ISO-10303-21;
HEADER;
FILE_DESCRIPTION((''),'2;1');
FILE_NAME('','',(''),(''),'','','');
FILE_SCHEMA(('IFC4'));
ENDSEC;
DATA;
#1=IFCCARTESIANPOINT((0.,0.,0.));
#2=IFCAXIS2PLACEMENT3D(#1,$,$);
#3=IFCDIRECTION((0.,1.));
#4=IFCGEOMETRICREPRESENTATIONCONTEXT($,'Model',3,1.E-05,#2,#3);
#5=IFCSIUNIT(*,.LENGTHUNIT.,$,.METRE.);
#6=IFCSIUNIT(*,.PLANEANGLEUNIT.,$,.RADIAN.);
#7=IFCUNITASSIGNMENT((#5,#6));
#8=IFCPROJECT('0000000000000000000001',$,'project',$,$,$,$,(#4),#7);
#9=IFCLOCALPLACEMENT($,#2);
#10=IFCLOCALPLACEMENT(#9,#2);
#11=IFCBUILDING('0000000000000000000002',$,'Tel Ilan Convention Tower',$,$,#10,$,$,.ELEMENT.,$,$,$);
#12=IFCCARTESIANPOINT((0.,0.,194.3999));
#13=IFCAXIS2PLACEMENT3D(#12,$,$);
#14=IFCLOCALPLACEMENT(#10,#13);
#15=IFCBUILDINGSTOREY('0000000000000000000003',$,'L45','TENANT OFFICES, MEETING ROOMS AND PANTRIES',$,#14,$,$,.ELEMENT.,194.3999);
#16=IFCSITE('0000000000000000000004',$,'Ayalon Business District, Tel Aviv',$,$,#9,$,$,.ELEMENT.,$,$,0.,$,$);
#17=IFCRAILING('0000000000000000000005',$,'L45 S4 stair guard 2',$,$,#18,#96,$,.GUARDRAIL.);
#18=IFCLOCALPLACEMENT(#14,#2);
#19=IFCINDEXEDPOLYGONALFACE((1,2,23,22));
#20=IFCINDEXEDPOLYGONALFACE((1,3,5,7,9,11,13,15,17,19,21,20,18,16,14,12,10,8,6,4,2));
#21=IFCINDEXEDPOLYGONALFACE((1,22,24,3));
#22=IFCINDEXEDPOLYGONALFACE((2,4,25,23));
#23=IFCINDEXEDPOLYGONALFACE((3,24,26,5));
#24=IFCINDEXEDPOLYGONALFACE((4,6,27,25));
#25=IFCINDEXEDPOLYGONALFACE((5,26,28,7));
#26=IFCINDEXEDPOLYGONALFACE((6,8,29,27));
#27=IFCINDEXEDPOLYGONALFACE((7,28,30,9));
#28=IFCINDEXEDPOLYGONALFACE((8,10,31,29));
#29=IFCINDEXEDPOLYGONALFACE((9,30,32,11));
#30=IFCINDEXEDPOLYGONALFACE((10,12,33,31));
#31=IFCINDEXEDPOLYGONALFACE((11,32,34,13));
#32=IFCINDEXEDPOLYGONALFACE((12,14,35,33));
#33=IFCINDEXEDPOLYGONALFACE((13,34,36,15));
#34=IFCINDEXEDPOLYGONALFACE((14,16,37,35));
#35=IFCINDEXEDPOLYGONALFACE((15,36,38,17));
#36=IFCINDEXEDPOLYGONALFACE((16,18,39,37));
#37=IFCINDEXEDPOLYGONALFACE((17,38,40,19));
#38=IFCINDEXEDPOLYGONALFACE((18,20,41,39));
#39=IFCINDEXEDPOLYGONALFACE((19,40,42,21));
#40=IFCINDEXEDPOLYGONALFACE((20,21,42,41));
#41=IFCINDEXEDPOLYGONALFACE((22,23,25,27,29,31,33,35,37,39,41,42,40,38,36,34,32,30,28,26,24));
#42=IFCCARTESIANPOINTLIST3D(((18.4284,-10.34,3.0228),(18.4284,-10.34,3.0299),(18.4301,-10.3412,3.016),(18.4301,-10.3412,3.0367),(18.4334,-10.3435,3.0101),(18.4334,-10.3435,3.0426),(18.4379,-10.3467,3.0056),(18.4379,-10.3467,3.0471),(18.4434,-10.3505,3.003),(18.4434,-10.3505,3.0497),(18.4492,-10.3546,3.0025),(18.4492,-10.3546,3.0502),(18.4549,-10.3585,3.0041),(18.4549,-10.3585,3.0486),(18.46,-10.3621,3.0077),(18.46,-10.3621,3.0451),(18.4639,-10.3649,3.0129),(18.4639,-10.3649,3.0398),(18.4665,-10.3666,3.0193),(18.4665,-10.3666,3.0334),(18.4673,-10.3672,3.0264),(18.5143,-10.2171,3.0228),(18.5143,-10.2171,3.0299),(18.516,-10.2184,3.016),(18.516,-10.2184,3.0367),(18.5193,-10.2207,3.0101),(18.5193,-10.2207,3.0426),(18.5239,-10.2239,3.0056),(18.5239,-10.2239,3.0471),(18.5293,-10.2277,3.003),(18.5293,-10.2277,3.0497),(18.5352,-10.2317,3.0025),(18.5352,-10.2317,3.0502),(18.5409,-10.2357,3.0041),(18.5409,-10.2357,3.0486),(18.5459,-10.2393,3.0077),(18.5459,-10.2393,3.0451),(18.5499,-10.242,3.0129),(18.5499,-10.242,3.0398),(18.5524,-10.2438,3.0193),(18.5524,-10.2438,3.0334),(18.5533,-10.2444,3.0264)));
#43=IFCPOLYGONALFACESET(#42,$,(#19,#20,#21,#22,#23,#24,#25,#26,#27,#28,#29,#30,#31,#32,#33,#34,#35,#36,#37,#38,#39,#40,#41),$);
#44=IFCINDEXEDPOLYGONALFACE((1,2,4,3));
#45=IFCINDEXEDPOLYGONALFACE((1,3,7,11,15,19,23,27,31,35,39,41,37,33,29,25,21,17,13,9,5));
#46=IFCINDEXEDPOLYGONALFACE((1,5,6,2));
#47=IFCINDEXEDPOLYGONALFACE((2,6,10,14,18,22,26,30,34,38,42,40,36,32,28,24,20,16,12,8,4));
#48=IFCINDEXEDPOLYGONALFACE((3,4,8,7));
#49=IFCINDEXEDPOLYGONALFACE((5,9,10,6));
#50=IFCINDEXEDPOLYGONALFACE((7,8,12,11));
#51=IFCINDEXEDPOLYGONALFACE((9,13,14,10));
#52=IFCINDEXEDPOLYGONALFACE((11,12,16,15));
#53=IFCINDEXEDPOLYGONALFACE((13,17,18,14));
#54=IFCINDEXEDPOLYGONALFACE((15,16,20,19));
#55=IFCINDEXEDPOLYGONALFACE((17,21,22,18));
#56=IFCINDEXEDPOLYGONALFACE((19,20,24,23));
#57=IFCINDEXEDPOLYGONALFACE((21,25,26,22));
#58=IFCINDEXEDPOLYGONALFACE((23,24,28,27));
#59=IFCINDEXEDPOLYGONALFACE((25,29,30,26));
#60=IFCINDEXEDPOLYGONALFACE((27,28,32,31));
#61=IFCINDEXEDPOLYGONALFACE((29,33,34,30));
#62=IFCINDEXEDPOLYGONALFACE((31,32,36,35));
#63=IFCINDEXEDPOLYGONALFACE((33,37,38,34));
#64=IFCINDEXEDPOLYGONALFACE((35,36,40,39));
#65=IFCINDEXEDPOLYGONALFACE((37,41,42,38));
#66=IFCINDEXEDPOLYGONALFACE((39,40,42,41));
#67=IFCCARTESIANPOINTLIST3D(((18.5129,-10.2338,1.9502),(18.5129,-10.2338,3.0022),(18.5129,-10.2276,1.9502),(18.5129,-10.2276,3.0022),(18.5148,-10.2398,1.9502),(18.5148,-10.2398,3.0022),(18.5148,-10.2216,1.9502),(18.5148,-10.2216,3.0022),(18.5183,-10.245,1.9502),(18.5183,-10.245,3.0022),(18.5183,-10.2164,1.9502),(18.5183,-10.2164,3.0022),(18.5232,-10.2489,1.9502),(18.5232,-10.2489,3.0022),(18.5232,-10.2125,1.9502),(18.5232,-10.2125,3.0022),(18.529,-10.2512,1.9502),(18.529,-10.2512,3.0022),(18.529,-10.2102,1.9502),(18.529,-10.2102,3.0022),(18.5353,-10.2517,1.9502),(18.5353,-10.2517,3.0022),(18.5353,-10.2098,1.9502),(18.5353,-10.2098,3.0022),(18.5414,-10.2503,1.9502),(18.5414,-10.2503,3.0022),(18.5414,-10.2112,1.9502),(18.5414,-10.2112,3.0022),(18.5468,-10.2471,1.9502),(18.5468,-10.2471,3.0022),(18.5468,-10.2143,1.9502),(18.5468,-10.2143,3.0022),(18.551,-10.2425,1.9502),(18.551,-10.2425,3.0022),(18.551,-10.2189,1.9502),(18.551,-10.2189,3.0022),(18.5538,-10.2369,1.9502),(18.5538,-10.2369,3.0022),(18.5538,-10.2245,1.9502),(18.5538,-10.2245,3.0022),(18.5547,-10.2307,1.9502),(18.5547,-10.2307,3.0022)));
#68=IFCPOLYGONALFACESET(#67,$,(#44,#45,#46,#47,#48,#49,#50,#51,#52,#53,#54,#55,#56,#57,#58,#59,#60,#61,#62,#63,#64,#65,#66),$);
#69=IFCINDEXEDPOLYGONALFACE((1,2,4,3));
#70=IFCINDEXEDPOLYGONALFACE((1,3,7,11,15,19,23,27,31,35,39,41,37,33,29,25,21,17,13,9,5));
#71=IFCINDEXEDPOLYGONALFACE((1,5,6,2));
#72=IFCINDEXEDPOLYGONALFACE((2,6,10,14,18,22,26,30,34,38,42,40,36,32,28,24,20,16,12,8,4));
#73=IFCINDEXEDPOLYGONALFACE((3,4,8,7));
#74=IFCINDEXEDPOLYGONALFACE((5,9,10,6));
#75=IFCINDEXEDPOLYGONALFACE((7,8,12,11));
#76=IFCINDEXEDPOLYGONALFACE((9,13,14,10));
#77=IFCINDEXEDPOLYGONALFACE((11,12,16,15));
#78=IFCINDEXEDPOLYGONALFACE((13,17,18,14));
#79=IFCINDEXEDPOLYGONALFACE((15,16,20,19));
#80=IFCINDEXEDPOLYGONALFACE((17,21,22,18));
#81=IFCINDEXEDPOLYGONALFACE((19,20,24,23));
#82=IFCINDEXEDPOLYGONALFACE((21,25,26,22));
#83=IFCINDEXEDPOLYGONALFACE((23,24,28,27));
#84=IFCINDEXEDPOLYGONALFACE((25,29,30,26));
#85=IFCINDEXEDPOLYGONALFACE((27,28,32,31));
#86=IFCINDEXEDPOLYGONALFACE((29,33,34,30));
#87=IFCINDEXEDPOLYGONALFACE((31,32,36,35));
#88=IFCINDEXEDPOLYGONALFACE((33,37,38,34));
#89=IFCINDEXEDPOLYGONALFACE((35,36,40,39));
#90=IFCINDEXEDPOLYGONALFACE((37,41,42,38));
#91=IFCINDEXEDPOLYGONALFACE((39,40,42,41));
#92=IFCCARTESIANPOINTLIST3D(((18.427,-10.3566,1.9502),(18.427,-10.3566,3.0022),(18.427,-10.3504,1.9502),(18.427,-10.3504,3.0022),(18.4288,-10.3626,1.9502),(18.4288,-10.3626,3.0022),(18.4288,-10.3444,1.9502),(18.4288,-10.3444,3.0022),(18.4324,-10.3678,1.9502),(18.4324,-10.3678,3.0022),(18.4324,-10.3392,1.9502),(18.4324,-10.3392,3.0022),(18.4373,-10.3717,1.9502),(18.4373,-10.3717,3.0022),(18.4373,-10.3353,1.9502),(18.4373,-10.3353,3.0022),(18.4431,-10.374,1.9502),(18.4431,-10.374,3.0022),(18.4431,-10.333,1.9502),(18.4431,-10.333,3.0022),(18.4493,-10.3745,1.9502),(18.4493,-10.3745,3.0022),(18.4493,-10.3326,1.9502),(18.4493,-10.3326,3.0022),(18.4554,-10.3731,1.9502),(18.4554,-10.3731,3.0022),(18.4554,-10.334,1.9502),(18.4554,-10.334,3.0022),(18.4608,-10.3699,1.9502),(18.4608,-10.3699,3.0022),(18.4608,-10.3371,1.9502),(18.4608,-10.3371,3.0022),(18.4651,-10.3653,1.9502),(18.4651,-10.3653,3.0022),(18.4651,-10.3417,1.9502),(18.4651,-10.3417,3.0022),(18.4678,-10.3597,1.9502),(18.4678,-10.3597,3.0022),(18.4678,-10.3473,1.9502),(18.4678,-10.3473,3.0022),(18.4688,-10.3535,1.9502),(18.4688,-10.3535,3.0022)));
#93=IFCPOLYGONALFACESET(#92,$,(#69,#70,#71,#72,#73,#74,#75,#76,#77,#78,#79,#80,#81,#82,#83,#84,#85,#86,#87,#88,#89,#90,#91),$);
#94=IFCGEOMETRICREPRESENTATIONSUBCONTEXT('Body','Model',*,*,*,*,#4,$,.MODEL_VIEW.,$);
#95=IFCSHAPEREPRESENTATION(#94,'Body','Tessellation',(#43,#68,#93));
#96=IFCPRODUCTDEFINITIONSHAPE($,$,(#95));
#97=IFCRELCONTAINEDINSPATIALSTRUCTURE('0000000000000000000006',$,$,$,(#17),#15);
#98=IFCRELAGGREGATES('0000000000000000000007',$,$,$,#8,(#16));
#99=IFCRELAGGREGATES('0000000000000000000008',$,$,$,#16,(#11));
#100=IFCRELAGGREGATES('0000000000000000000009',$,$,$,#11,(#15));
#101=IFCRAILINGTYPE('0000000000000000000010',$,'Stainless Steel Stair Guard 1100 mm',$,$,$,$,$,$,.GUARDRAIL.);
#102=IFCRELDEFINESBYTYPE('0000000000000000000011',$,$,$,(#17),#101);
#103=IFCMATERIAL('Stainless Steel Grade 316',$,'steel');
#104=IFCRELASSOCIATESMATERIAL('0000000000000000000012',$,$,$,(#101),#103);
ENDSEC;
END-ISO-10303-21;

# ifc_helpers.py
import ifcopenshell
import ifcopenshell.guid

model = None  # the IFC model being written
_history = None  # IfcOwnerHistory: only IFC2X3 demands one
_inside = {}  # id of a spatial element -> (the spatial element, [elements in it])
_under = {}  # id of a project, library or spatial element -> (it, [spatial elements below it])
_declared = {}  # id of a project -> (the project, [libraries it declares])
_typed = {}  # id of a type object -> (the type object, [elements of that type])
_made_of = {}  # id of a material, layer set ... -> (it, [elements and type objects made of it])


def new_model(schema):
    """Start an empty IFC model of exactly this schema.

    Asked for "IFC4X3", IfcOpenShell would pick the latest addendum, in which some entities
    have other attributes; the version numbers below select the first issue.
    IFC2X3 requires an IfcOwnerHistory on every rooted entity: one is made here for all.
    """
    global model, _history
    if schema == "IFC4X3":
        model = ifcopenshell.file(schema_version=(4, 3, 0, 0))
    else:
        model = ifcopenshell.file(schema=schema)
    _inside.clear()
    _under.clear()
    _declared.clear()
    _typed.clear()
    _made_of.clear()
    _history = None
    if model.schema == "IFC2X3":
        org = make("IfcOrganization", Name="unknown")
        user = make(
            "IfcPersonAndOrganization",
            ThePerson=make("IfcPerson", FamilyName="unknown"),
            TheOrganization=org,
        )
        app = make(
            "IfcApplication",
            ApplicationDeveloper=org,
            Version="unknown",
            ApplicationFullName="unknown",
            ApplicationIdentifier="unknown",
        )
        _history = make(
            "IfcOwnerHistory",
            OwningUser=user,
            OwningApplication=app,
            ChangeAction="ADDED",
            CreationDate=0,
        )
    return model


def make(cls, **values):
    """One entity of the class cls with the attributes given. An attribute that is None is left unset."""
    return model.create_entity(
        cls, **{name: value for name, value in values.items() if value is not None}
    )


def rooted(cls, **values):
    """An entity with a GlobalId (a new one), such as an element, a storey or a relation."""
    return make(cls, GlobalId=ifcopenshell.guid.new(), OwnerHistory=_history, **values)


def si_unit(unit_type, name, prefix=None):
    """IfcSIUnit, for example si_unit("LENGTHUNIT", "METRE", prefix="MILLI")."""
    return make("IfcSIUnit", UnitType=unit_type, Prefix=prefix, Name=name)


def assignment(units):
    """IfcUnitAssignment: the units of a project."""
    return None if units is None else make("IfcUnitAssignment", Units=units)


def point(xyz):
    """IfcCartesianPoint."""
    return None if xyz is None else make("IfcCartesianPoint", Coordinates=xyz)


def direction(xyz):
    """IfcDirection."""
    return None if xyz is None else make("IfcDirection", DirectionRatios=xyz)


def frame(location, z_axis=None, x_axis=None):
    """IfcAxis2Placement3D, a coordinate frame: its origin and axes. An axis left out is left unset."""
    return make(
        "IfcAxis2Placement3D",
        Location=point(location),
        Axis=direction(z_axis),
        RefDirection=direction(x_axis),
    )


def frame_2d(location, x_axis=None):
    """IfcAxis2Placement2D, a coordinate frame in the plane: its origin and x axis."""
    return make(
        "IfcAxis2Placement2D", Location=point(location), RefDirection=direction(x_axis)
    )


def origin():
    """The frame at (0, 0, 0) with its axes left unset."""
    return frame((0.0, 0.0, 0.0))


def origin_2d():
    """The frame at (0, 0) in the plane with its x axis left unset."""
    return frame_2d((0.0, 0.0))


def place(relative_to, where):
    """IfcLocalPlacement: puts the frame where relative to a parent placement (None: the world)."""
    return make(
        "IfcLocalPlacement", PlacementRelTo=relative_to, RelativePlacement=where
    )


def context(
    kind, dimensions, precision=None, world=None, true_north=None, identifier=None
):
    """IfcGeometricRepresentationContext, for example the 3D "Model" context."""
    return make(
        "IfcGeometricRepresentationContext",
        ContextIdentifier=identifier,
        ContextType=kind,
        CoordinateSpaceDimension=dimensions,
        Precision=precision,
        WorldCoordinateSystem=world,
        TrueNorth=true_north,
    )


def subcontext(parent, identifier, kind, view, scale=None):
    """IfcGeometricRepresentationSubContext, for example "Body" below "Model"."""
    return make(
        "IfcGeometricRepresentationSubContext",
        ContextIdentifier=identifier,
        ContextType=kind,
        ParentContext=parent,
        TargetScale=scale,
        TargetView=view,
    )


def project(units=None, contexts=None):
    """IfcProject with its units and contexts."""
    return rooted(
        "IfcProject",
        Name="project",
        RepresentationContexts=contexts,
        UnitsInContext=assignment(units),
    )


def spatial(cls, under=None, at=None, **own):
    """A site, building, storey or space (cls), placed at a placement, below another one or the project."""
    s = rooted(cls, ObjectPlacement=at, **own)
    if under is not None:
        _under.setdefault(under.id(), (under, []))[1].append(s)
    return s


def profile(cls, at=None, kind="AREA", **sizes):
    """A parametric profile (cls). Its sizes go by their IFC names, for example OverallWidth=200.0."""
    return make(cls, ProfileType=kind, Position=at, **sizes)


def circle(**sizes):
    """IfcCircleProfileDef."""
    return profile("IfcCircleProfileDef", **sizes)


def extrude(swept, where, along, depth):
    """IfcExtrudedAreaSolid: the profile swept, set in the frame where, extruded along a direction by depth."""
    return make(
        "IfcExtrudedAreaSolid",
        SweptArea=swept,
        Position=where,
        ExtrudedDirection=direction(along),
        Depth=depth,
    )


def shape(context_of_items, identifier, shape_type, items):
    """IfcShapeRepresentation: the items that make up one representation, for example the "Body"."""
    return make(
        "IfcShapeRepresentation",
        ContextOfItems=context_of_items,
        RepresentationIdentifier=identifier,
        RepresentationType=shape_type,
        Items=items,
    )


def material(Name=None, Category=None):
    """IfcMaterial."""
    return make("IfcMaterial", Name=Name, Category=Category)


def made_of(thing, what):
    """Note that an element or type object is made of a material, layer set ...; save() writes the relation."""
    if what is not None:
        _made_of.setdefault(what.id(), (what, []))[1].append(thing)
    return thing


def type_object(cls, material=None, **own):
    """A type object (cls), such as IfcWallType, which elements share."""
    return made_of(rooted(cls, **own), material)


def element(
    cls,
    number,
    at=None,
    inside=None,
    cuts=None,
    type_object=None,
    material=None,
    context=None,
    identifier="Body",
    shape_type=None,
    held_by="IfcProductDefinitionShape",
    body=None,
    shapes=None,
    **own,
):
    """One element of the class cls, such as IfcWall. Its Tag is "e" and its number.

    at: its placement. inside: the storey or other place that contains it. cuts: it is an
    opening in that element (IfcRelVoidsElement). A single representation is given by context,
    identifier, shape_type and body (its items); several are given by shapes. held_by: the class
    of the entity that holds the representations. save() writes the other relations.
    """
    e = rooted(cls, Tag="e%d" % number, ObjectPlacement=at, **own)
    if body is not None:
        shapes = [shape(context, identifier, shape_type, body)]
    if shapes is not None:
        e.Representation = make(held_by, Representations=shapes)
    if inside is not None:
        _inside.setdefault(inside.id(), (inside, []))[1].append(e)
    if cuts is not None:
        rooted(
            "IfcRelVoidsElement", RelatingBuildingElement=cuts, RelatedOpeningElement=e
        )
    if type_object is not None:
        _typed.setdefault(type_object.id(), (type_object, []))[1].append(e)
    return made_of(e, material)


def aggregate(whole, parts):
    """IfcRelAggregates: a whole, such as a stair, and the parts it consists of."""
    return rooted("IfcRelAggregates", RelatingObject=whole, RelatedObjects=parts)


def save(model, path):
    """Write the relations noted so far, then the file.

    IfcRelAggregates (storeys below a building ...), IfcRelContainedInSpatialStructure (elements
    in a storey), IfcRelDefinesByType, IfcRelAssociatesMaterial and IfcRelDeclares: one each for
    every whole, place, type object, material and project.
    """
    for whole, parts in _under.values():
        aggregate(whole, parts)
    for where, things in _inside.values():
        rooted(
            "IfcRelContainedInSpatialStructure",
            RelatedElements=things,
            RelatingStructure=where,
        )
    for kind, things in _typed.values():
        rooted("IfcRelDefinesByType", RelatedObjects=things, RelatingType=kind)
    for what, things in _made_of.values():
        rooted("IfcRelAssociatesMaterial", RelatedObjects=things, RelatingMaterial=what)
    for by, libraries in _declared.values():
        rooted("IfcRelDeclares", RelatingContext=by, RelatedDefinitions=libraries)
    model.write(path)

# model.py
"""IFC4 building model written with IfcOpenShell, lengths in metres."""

from ifc_helpers import new_model, si_unit, direction, frame, origin, origin_2d, place, context, subcontext, project, spatial, circle, extrude, material, type_object, element, save


model = new_model("IFC4")

# Units and contexts
model_context = context("Model", 3, precision=1e-05, world=origin(), true_north=direction((0.0, 1.0)))
body_context = subcontext(model_context, "Body", "Model", "MODEL_VIEW")
ifc_project = project(units=[si_unit("LENGTHUNIT", "METRE"), si_unit("PLANEANGLEUNIT", "RADIAN")], contexts=[model_context])

# Site, building, storey
site_placement = place(None, origin())
site = spatial("IfcSite", under=ifc_project, at=site_placement, Name="Ayalon Business District, Tel Aviv", CompositionType="ELEMENT", RefElevation=0.0)
building_placement = place(site_placement, origin())
building = spatial("IfcBuilding", under=site, at=building_placement, Name="Tel Ilan Convention Tower", CompositionType="ELEMENT")
storey_placement = place(building_placement, frame((0.0, 0.0, 194.3999)))
storey = spatial("IfcBuildingStorey", under=building, at=storey_placement, Name="L45", Description="TENANT OFFICES, MEETING ROOMS AND PANTRIES", CompositionType="ELEMENT", Elevation=194.3999)

# Railing
ifc_material_1 = material(Name="Stainless Steel Grade 316", Category="steel")
railing_type_1 = type_object("IfcRailingType", Name="Stainless Steel Stair Guard 1100 mm", PredefinedType="GUARDRAIL", material=ifc_material_1)
railing_1_placement = place(storey_placement, frame((18.5337, -10.2307, 1.9502)))
element("IfcRailing", 1, at=railing_1_placement, inside=storey, type_object=railing_type_1, Name="L45 S4 stair guard 2", PredefinedType="GUARDRAIL", context=body_context, shape_type="SweptSolid", body=[
    extrude(circle(Radius=0.0239, at=origin_2d()), frame((0.0, 0.0, 1.0762), z_axis=(-0.573353, -0.819308, 0.0), x_axis=(0.819308, -0.573353, 0.0)), (0.0, 0.0, 1.0), 0.1499),
    extrude(circle(Radius=0.021, at=origin_2d()), origin(), (0.0, 0.0, 1.0), 1.052),
    extrude(circle(Radius=0.021, at=origin_2d()), frame((-0.0859, -0.1228, 0.0)), (0.0, 0.0, 1.0), 1.052),
])

save(model, "model.ifc")
